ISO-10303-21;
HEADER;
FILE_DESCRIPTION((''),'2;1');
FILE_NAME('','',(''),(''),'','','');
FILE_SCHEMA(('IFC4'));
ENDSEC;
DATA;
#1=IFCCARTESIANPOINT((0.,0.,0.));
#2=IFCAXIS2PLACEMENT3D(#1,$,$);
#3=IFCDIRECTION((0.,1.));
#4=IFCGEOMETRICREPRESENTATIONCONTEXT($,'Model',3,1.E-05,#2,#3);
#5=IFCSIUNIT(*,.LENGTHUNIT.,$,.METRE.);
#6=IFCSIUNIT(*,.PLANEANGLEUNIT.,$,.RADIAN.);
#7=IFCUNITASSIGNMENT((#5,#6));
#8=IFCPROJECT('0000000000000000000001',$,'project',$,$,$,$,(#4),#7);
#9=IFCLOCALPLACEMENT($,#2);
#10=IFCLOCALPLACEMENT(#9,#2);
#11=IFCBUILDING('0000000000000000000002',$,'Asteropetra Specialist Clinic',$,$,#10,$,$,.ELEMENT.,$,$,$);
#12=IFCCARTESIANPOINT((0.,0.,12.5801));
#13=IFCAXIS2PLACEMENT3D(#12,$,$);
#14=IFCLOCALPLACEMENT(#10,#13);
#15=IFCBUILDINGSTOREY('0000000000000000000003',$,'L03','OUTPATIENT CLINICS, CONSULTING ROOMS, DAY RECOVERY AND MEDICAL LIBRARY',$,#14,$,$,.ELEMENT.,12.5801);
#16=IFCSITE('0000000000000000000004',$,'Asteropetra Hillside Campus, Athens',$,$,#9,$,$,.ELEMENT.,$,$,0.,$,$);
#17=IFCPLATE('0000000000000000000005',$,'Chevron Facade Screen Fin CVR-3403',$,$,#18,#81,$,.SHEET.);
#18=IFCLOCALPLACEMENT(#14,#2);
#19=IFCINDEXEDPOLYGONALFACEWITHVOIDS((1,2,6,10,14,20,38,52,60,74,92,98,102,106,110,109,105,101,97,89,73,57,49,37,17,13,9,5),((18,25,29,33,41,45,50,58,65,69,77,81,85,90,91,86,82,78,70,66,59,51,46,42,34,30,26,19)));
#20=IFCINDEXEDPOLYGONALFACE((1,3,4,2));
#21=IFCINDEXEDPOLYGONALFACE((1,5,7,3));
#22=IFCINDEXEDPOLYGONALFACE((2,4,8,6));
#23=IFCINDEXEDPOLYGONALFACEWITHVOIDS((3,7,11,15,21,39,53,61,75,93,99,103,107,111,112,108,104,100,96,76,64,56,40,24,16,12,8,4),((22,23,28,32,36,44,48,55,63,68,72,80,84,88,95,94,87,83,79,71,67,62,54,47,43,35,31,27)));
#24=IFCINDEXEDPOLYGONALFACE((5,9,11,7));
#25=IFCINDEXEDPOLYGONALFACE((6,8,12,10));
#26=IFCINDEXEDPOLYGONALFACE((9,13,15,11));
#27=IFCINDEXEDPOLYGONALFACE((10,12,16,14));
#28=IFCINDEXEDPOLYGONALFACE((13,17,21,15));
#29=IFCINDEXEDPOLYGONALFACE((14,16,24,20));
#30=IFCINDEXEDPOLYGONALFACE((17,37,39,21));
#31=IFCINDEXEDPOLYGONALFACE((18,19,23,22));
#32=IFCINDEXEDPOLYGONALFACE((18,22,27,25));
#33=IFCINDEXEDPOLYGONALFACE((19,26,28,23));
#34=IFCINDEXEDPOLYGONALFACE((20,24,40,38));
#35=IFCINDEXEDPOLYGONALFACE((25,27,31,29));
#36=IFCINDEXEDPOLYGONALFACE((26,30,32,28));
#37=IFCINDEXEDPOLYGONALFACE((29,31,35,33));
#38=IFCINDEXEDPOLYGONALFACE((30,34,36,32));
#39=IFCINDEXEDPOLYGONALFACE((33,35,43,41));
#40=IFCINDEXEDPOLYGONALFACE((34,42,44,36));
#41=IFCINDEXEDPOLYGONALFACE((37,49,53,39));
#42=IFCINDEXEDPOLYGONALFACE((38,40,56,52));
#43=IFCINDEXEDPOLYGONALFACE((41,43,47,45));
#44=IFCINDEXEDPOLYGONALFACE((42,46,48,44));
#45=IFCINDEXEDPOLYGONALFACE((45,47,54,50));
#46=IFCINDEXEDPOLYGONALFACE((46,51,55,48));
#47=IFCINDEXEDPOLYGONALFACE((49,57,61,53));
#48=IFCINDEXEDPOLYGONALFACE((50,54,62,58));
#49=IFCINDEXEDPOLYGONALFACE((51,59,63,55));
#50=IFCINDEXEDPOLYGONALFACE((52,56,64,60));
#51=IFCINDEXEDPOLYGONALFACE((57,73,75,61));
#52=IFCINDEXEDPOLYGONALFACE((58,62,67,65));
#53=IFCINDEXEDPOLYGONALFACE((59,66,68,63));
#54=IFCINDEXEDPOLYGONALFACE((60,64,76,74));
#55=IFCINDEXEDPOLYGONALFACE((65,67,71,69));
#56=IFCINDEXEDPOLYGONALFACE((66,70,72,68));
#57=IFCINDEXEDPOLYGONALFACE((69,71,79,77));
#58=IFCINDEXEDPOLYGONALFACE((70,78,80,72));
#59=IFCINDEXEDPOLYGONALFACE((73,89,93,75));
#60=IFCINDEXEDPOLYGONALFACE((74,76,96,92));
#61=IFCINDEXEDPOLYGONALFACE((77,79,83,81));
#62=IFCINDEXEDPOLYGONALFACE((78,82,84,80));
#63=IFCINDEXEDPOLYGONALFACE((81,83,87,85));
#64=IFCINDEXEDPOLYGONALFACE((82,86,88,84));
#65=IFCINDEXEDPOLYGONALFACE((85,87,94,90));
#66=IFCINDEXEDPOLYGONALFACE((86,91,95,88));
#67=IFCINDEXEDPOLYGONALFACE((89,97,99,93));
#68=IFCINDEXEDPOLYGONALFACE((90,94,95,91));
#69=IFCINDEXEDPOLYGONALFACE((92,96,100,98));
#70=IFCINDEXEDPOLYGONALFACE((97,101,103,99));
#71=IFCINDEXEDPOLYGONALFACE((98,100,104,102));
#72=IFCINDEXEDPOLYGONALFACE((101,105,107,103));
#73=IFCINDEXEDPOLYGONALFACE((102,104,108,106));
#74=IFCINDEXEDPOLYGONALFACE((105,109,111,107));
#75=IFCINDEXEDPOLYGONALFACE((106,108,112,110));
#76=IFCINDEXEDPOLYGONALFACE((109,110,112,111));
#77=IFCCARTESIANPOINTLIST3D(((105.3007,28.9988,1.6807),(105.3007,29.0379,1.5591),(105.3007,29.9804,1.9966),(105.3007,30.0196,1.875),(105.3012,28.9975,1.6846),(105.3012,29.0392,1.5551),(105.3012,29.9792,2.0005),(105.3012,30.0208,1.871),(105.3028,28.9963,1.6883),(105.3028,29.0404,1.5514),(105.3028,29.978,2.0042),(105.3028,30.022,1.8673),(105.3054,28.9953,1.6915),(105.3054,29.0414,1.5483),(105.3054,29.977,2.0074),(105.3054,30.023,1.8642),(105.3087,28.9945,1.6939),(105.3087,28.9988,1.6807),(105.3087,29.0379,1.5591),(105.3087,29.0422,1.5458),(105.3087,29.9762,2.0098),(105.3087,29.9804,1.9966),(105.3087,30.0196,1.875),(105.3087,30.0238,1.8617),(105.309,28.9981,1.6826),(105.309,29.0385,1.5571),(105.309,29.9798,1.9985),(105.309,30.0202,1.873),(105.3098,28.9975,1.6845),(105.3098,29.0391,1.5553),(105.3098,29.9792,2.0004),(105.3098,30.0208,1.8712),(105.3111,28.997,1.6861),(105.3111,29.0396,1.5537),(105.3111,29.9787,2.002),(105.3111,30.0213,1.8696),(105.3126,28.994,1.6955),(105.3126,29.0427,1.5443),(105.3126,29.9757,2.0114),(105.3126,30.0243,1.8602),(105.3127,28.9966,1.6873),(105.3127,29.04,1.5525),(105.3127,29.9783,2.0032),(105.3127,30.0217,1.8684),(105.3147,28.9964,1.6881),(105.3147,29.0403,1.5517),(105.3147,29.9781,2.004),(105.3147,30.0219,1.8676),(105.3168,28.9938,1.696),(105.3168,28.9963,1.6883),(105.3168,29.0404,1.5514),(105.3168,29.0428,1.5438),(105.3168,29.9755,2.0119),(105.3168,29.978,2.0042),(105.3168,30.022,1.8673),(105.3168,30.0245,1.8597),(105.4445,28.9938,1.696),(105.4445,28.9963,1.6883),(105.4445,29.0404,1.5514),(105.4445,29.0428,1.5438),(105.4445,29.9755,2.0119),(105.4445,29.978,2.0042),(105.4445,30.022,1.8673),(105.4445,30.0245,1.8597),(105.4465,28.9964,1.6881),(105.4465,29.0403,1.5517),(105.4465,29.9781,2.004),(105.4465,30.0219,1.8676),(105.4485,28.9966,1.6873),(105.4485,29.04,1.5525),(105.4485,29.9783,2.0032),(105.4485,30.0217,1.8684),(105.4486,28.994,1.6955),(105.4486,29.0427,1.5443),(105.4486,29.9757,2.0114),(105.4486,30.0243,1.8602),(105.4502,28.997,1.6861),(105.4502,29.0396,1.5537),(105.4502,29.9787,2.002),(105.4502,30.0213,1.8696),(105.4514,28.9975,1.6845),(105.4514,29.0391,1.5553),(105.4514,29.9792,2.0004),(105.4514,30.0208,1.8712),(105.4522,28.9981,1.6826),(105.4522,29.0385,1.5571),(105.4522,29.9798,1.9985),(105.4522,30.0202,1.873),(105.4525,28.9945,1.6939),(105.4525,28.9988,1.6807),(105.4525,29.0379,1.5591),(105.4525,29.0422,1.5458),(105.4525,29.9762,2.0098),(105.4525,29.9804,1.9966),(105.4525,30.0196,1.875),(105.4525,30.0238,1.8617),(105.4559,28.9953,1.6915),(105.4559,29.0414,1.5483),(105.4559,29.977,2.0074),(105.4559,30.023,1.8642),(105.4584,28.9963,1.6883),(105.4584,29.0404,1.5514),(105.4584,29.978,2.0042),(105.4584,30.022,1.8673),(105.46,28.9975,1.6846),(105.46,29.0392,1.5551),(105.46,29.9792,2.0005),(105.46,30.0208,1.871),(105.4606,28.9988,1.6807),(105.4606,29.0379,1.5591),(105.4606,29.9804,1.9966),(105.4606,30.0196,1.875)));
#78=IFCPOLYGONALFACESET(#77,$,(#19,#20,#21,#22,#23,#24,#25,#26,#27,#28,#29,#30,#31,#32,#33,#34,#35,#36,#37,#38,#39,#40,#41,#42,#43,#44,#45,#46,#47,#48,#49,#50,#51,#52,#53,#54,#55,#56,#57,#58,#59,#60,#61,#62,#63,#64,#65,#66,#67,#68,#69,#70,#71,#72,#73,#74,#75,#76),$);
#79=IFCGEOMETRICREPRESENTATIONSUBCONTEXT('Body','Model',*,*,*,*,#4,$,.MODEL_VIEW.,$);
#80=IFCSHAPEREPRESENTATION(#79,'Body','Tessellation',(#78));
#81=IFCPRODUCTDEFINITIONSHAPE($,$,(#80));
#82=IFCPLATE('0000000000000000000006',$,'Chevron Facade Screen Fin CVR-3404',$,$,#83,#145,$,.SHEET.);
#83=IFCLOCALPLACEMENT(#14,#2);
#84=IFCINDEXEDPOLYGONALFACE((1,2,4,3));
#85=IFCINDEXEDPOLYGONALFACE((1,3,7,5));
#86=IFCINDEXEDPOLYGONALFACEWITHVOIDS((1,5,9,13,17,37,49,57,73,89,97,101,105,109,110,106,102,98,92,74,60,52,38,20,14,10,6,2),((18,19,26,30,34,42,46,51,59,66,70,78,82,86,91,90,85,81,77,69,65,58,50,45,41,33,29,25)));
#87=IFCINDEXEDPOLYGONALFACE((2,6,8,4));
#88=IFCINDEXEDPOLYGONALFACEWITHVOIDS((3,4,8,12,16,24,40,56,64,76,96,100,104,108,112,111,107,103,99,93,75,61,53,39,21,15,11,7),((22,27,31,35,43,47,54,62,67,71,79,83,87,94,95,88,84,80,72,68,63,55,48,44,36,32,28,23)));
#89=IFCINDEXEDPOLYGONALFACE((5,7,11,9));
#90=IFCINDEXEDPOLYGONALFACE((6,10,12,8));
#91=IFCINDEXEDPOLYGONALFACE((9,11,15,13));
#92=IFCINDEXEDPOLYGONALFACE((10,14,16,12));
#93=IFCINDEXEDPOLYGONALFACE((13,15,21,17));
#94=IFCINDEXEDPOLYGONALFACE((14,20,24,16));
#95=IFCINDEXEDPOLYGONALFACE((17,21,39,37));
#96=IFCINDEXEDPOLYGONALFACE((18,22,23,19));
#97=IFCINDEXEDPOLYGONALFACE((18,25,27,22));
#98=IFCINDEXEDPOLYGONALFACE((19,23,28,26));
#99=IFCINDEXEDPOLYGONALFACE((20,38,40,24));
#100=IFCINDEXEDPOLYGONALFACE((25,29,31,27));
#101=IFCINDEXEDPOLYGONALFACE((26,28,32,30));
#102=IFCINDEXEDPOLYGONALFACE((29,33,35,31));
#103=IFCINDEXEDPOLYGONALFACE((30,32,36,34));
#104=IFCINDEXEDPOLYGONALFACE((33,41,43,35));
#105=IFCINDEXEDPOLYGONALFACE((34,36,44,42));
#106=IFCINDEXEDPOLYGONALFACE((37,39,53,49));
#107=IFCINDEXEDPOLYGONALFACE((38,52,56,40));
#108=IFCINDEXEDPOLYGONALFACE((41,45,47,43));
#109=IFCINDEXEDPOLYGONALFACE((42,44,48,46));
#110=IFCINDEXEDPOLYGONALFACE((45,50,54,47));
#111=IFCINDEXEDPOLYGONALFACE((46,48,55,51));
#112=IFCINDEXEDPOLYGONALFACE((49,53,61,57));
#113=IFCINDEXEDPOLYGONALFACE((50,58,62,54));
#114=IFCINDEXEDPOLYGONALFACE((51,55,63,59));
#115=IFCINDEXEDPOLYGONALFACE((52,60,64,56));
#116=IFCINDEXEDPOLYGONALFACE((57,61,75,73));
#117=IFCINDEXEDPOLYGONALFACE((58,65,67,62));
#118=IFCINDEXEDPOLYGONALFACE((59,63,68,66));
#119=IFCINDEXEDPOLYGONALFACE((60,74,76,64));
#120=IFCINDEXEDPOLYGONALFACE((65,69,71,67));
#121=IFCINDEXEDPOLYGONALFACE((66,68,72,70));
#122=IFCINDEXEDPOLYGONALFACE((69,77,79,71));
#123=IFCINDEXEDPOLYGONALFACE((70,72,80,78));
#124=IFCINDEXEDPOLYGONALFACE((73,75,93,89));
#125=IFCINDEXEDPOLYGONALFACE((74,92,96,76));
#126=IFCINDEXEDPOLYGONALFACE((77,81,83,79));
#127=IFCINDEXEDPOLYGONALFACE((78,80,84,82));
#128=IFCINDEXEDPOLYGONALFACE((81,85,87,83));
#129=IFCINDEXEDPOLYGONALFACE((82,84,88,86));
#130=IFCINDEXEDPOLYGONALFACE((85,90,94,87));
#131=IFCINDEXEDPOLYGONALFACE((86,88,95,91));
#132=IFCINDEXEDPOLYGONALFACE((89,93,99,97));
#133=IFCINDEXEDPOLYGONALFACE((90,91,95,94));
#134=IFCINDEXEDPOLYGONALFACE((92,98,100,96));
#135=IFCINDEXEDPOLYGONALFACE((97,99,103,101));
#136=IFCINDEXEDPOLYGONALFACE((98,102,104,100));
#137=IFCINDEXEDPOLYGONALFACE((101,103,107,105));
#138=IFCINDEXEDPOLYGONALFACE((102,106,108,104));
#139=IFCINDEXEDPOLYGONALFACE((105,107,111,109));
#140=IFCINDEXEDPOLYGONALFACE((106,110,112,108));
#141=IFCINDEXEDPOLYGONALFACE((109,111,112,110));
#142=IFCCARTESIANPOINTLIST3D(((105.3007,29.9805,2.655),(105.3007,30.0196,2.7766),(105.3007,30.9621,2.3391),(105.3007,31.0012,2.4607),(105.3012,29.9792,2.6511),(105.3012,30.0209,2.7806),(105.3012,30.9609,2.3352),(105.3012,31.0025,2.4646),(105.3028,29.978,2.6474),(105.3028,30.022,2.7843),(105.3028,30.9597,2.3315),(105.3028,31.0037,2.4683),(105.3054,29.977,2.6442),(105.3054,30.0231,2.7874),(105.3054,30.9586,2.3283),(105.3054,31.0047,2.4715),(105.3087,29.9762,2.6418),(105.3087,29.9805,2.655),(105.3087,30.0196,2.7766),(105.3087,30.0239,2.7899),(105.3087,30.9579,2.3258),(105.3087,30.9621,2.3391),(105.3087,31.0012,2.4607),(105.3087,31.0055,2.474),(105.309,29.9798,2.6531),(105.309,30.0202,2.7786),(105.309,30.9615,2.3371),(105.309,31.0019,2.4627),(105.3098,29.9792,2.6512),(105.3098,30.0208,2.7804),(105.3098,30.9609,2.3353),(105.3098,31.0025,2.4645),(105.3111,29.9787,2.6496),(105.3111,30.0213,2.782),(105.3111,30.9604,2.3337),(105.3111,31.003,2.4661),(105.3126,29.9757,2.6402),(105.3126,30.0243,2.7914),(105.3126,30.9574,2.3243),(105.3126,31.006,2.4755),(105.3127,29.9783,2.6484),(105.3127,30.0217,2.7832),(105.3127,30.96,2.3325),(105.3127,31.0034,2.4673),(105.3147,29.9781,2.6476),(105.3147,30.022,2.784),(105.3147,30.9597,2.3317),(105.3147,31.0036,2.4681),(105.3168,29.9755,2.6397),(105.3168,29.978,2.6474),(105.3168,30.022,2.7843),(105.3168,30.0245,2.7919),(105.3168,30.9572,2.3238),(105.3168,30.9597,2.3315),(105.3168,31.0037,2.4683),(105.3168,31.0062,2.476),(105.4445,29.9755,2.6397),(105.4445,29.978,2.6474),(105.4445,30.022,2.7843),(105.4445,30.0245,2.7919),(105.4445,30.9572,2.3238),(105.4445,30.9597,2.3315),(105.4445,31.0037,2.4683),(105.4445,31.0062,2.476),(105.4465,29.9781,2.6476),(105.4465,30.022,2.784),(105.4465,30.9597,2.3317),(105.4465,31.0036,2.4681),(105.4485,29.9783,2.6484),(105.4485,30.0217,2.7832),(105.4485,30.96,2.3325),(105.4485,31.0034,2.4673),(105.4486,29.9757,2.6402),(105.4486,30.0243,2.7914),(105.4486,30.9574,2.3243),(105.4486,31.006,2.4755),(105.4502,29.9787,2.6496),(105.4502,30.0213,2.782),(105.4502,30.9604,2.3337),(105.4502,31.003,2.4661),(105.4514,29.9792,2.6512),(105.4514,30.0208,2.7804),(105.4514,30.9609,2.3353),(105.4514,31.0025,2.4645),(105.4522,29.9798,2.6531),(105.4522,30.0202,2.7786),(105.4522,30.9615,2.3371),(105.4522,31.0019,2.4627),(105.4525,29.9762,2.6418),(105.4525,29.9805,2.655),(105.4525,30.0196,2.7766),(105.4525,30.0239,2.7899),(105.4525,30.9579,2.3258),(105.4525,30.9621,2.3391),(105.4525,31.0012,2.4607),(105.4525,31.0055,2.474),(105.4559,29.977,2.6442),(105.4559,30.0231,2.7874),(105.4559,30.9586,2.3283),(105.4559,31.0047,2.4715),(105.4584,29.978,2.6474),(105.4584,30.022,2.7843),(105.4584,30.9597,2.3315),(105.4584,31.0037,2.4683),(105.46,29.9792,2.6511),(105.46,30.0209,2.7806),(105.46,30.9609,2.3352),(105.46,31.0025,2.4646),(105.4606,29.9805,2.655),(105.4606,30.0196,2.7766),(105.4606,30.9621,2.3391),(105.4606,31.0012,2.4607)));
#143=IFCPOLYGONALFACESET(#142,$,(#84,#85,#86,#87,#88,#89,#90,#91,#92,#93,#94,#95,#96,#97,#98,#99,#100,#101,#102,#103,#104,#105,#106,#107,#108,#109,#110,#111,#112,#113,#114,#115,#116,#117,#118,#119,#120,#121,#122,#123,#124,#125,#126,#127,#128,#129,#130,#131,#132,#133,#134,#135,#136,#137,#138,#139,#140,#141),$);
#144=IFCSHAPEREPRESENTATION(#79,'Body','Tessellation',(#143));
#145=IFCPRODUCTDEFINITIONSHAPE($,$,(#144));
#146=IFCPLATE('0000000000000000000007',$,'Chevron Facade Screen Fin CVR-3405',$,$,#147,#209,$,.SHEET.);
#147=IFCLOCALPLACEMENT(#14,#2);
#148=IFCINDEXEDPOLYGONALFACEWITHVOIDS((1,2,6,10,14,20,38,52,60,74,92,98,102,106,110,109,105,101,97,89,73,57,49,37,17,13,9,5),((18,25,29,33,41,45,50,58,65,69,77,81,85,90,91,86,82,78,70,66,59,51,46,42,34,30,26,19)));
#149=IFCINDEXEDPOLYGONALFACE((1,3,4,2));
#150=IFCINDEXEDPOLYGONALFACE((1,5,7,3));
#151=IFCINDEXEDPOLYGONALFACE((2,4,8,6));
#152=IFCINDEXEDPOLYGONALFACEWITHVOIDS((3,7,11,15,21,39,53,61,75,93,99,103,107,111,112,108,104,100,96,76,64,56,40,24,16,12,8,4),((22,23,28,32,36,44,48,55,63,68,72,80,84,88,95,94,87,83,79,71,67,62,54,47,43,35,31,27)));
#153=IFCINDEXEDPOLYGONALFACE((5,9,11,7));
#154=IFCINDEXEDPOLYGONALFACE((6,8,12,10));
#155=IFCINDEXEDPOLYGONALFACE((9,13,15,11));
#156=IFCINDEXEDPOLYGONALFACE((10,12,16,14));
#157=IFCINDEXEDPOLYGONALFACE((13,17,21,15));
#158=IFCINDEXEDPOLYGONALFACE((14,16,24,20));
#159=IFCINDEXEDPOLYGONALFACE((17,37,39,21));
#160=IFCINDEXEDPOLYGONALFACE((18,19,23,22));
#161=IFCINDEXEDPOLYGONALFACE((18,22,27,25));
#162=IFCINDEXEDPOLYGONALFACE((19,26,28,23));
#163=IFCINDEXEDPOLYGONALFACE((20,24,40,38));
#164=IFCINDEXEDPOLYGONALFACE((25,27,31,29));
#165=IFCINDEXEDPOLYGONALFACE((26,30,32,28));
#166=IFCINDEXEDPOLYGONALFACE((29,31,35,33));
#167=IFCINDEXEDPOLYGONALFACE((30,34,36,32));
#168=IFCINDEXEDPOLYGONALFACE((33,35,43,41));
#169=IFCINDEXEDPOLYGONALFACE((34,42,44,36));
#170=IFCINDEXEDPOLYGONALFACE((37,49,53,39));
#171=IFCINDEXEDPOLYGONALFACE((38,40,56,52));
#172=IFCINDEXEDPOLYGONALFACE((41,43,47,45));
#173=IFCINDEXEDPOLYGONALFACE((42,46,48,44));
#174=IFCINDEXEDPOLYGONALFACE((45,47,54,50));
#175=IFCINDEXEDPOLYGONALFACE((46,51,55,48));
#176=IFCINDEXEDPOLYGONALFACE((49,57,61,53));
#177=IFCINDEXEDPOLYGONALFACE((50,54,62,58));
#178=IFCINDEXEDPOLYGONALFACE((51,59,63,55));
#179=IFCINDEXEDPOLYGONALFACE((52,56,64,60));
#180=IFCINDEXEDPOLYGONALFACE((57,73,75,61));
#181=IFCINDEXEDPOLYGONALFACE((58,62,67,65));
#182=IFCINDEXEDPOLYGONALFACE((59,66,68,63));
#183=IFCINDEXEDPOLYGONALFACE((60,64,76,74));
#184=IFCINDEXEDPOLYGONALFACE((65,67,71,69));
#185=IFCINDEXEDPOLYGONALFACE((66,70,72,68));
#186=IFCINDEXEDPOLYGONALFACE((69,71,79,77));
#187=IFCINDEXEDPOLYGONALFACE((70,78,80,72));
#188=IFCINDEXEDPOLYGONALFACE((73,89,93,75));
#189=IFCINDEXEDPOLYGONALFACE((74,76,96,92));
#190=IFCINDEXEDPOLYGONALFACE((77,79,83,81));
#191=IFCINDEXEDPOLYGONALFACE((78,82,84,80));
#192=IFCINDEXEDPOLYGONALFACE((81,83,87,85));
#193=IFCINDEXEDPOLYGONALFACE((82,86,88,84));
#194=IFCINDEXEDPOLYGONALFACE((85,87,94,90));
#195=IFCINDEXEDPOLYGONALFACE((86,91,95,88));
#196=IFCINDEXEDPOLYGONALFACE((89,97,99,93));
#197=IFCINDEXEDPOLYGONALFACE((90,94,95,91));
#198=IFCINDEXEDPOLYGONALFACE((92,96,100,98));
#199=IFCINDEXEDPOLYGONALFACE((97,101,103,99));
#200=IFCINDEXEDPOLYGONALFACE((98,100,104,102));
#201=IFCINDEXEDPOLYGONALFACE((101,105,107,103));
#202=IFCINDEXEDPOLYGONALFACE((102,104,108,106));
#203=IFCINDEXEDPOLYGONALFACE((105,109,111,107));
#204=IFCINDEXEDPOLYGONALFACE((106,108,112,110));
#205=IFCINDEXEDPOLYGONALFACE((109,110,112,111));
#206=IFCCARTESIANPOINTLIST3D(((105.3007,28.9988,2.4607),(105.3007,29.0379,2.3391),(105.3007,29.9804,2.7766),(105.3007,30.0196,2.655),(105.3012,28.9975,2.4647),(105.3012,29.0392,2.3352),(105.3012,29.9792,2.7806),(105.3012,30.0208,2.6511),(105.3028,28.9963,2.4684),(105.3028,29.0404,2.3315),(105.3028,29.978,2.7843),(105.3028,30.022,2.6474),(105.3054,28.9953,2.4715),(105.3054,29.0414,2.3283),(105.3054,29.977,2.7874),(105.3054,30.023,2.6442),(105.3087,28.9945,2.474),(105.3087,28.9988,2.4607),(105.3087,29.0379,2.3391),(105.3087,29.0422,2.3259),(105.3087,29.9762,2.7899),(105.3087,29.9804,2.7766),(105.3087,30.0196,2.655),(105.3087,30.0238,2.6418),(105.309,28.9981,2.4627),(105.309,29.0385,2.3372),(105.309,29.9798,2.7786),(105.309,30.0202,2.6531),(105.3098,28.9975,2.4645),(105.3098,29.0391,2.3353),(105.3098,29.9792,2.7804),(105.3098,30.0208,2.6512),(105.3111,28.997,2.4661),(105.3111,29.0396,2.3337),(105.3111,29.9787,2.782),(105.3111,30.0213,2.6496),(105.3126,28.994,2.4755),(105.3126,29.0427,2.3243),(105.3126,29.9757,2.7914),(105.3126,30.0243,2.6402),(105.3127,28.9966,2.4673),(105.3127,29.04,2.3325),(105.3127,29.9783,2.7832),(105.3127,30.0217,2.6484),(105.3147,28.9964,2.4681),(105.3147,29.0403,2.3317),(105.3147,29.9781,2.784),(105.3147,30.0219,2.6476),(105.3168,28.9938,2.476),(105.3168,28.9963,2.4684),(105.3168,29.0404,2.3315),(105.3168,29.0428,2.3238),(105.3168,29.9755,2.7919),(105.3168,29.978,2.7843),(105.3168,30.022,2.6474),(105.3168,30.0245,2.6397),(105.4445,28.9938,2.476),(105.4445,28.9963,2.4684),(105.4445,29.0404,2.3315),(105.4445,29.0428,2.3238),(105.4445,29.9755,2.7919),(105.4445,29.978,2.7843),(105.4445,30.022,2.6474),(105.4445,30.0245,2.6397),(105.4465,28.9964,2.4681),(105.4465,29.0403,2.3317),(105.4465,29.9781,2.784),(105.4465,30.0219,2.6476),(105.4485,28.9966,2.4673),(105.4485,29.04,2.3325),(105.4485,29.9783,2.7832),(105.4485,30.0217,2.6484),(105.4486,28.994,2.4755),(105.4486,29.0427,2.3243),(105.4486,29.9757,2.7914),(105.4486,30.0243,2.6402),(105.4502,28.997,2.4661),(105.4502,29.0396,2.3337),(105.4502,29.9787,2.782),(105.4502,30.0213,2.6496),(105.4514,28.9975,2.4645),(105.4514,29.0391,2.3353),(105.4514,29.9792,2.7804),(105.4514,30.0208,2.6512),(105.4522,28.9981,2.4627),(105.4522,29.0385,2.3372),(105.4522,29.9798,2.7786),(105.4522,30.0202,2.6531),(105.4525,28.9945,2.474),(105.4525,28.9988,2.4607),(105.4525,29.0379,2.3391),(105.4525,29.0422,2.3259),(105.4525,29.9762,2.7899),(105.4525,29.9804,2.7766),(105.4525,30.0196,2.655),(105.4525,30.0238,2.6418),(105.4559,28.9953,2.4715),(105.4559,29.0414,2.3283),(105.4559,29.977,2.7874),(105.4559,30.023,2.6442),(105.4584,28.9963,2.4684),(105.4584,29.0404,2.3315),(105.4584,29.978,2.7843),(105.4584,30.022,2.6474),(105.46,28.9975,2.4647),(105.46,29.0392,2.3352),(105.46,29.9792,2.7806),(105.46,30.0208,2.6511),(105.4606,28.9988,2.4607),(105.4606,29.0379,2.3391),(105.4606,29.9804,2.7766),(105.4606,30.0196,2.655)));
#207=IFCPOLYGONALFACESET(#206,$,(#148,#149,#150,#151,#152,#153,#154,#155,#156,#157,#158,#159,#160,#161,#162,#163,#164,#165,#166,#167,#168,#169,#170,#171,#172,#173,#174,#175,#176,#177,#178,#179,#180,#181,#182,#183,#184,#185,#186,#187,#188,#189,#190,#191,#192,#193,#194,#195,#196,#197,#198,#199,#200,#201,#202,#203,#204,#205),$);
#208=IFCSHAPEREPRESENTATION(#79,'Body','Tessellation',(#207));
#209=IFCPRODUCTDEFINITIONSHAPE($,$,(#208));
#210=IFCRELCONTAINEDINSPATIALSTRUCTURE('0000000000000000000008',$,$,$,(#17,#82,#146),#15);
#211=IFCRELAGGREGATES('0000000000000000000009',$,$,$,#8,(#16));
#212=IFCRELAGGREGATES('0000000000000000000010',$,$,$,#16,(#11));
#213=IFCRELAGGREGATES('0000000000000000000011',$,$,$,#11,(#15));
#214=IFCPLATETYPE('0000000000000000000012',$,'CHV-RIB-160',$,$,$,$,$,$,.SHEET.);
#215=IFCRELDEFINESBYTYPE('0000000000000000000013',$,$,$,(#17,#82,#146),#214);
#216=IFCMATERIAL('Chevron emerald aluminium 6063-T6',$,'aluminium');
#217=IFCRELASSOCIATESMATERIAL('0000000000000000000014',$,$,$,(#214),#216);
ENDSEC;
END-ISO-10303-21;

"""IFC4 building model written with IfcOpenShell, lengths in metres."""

from ifc_helpers import new_model, si_unit, direction, frame, origin, origin_2d, place, context, subcontext, project, spatial, hollow_rectangle, extrude, material, material_profile, profile_set, type_object, element, save


model = new_model("IFC4")

# Units and contexts
model_context = context("Model", 3, precision=1e-05, world=origin(), true_north=direction((0.0, 1.0)))
body_context = subcontext(model_context, "Body", "Model", "MODEL_VIEW")
ifc_project = project(units=[si_unit("LENGTHUNIT", "METRE"), si_unit("PLANEANGLEUNIT", "RADIAN")], contexts=[model_context])

# Site, building, storey
site_placement = place(None, origin())
site = spatial("IfcSite", under=ifc_project, at=site_placement, Name="Asteropetra Hillside Campus, Athens", CompositionType="ELEMENT", RefElevation=0.0)
building_placement = place(site_placement, origin())
building = spatial("IfcBuilding", under=site, at=building_placement, Name="Asteropetra Specialist Clinic", CompositionType="ELEMENT")
storey_placement = place(building_placement, frame((0.0, 0.0, 12.5801)))
storey = spatial("IfcBuildingStorey", under=building, at=storey_placement, Name="L03", Description="OUTPATIENT CLINICS, CONSULTING ROOMS, DAY RECOVERY AND MEDICAL LIBRARY", CompositionType="ELEMENT", Elevation=12.5801)

# Plates
ifc_material_1 = material(Name="Chevron emerald aluminium 6063-T6", Category="aluminium")
ifc_material_profile = material_profile(ifc_material_1, hollow_rectangle(XDim=0.1599, YDim=0.1599, WallThickness=0.0081, InnerFilletRadius=0.0081, OuterFilletRadius=0.0161, at=origin_2d()), Name="SHS 160x160x8.0")
ifc_profile_set = profile_set([ifc_material_profile], Name="Chevron emerald aluminium 6063-T6")
plate_type_1 = type_object("IfcPlateType", Name="CHV-RIB-160", PredefinedType="SHEET", material=ifc_profile_set)
for number, where, z_axis, x_axis, name in (
    (1, (105.3806, 30.0, 1.9358), (0.0, -0.951923, -0.306339), (1.0, 0.0, 0.0), "Chevron Facade Screen Fin CVR-3403"),
    (2, (105.3806, 30.9817, 2.3999), (0.0, -0.951923, 0.306339), (1.0, 0.0, 0.0), "Chevron Facade Screen Fin CVR-3404"),
    (3, (105.3806, 30.0, 2.7158), (0.0, -0.951923, -0.306339), (1.0, 0.0, 0.0), "Chevron Facade Screen Fin CVR-3405"),
):
    element("IfcPlate", number, at=place(storey_placement, frame(where, z_axis=z_axis, x_axis=x_axis)), inside=storey, type_object=plate_type_1, Name=name, PredefinedType="SHEET", context=body_context, shape_type="SweptSolid", body=[
        extrude(hollow_rectangle(XDim=0.1599, YDim=0.1599, WallThickness=0.0081, InnerFilletRadius=0.0081, OuterFilletRadius=0.0161, at=origin_2d()), origin(), (0.0, 0.0, 1.0), 1.0312),
    ])

save(model, "model.ifc")
